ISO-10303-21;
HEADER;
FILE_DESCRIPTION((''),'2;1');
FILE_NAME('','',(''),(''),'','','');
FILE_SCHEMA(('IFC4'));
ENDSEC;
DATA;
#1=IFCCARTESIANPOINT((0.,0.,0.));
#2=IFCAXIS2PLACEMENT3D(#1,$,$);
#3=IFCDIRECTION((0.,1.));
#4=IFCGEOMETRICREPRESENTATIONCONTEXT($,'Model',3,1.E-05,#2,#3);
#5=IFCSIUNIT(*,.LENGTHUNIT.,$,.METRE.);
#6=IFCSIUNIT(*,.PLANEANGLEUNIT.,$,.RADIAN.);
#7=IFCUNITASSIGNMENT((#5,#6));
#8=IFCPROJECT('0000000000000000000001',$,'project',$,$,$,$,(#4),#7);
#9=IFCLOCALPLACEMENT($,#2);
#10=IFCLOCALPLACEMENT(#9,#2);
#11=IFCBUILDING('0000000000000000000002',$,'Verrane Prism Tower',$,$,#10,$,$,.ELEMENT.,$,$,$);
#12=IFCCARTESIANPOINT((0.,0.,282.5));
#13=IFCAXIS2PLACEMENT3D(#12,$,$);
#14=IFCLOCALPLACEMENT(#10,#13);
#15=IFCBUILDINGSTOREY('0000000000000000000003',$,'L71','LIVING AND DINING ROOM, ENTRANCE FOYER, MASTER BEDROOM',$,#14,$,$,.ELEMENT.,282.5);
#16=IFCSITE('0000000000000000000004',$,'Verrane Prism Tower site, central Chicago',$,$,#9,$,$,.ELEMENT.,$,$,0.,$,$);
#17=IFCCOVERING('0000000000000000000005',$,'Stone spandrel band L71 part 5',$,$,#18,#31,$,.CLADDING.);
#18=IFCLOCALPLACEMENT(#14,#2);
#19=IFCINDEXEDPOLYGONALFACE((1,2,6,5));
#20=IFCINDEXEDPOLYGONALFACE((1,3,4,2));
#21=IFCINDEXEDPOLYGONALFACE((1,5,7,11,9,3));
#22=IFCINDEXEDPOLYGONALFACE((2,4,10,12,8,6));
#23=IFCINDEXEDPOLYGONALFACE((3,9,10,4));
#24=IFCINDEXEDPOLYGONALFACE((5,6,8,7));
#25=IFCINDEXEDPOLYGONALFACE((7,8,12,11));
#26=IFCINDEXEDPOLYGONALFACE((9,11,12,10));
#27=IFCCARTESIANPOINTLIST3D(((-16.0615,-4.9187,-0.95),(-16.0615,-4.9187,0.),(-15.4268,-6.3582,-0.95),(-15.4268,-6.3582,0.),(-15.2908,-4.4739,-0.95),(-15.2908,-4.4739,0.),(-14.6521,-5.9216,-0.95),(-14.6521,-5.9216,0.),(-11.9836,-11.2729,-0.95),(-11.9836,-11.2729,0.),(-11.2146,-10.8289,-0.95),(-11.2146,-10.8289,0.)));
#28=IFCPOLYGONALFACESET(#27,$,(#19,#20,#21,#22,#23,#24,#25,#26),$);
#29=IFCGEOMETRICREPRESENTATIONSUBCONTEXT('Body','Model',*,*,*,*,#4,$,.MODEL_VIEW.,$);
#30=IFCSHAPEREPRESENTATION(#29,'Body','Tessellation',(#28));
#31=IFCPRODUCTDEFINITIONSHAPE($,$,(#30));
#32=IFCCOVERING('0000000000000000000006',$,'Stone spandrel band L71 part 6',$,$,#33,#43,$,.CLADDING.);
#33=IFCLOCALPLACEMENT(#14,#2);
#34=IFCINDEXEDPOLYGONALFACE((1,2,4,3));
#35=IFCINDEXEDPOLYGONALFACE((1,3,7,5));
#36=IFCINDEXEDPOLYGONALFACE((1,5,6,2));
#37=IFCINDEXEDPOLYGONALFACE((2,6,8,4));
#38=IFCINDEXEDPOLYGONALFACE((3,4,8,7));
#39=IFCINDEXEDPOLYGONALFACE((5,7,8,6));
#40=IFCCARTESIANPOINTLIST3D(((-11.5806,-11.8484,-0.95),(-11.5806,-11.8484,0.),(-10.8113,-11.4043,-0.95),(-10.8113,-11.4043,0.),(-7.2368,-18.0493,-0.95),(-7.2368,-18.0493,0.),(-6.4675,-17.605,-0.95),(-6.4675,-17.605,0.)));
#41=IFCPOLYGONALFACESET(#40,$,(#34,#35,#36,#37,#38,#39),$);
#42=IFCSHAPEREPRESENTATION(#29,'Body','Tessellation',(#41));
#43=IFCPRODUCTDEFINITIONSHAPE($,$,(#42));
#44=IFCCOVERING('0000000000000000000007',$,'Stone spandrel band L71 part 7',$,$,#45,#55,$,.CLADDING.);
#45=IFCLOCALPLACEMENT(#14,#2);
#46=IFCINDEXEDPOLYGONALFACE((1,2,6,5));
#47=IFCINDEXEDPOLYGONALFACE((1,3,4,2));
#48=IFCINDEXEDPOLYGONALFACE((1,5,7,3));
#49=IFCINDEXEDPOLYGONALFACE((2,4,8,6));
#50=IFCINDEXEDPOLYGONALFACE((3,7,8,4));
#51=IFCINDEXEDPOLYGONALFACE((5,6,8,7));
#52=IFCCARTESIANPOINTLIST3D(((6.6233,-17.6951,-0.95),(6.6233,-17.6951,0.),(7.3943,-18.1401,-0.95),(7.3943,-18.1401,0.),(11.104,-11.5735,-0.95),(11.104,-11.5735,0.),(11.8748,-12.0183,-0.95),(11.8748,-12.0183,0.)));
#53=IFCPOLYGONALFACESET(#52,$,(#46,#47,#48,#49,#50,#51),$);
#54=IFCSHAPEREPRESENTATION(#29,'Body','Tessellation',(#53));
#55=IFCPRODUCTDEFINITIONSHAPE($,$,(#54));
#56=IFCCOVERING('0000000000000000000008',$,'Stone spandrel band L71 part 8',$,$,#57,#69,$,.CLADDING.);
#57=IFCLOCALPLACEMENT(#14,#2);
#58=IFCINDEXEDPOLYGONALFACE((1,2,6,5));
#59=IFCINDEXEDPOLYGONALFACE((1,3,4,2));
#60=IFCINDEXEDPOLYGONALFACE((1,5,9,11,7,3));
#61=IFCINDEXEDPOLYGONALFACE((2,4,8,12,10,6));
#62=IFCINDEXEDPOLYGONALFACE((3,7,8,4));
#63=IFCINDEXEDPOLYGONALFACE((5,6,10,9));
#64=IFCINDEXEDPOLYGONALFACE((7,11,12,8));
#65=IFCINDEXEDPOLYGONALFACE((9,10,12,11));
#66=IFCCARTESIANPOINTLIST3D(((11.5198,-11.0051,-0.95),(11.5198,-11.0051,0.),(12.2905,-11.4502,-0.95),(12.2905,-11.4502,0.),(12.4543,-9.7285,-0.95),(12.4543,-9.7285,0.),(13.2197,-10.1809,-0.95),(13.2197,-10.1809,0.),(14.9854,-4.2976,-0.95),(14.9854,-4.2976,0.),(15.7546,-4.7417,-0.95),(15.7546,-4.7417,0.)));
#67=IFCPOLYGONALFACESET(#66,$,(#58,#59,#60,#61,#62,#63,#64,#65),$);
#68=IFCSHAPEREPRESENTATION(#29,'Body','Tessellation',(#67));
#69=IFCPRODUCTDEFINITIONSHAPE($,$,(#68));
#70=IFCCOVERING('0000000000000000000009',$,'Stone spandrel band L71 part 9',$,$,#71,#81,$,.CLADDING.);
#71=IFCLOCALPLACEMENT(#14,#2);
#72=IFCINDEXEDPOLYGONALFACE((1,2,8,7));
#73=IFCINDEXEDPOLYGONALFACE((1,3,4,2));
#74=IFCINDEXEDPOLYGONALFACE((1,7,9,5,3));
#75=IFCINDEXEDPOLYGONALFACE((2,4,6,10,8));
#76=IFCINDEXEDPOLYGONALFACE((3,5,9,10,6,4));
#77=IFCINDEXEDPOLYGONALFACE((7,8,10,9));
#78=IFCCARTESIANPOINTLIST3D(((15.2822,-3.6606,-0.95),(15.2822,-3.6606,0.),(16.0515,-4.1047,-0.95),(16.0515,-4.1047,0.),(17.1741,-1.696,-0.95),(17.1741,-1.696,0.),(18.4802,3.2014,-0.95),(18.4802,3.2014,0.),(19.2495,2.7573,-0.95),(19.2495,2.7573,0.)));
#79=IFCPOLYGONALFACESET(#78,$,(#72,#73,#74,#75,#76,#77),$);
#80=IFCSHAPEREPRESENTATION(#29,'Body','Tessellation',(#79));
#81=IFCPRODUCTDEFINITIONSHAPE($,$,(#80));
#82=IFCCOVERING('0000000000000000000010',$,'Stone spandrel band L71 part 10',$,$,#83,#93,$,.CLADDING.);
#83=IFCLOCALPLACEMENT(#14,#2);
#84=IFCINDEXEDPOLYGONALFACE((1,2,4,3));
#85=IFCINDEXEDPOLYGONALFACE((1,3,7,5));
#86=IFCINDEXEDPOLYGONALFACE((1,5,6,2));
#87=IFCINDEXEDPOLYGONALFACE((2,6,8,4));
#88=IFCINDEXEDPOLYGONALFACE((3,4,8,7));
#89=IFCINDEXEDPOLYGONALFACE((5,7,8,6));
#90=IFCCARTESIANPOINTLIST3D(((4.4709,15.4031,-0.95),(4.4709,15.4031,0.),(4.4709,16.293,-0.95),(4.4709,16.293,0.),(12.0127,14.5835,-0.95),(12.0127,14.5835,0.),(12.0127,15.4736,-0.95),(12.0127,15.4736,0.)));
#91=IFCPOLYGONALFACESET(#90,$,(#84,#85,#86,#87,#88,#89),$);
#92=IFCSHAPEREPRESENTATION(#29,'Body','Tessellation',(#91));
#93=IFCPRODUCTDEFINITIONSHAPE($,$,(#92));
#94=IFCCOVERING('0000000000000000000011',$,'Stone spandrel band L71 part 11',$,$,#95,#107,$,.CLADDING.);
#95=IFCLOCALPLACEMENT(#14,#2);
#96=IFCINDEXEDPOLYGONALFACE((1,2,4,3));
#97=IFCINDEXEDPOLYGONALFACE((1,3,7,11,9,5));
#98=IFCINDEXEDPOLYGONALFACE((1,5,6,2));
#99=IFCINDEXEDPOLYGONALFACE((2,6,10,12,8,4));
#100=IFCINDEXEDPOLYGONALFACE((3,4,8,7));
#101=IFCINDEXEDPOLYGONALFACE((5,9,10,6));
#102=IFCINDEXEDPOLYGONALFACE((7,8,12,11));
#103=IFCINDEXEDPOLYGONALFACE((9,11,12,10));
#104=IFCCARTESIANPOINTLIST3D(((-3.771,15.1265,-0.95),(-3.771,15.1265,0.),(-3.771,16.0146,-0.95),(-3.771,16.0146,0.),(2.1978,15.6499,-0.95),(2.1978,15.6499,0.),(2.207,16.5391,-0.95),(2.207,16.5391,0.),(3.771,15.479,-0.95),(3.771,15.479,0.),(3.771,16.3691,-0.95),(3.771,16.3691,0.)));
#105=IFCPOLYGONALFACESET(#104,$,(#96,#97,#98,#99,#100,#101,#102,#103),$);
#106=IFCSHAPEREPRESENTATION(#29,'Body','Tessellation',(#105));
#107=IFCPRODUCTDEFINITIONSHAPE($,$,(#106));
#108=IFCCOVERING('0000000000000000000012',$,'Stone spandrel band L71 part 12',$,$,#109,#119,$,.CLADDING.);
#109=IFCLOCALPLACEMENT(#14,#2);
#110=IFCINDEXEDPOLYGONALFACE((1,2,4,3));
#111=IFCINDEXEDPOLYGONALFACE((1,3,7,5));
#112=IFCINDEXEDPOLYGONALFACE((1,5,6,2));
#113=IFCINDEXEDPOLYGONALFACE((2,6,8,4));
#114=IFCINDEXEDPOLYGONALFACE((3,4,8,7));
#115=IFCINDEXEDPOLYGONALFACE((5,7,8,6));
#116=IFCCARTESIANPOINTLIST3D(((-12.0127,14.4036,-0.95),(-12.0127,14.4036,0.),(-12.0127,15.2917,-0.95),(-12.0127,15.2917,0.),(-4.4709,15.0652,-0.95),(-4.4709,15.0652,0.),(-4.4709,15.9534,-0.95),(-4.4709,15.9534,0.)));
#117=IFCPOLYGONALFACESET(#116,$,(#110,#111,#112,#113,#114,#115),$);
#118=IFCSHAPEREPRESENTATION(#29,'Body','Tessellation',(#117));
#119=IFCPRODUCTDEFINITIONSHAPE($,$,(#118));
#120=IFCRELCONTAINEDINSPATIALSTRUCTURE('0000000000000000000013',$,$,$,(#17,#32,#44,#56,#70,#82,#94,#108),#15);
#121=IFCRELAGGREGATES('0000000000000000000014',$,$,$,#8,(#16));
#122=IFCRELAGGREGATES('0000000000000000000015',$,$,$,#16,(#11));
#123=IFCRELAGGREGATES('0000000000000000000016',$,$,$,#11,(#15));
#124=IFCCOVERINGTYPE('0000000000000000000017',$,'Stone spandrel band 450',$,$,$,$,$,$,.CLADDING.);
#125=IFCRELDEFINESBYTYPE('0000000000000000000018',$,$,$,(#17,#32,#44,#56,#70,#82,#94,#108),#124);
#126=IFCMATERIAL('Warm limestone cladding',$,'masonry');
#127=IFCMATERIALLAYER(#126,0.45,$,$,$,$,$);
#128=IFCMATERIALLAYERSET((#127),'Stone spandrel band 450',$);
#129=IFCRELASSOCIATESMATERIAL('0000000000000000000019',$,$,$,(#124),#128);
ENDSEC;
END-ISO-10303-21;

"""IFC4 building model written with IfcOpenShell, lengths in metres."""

from ifc_helpers import new_model, si_unit, direction, frame, origin, place, context, subcontext, project, spatial, polyline, outline, extrude, material, layer, layer_set, type_object, element, save


model = new_model("IFC4")

# Units and contexts
model_context = context("Model", 3, precision=1e-05, world=origin(), true_north=direction((0.0, 1.0)))
body_context = subcontext(model_context, "Body", "Model", "MODEL_VIEW")
ifc_project = project(units=[si_unit("LENGTHUNIT", "METRE"), si_unit("PLANEANGLEUNIT", "RADIAN")], contexts=[model_context])

# Site, building, storey
site_placement = place(None, origin())
site = spatial("IfcSite", under=ifc_project, at=site_placement, Name="Verrane Prism Tower site, central Chicago", CompositionType="ELEMENT", RefElevation=0.0)
building_placement = place(site_placement, origin())
building = spatial("IfcBuilding", under=site, at=building_placement, Name="Verrane Prism Tower", CompositionType="ELEMENT")
storey_placement = place(building_placement, frame((0.0, 0.0, 282.5)))
storey = spatial("IfcBuildingStorey", under=building, at=storey_placement, Name="L71", Description="LIVING AND DINING ROOM, ENTRANCE FOYER, MASTER BEDROOM", CompositionType="ELEMENT", Elevation=282.5)

# Coverings
ifc_material_1 = material(Name="Warm limestone cladding", Category="masonry")
ifc_layer_1 = layer(ifc_material_1, 0.45)
ifc_layer_set_1 = layer_set([ifc_layer_1], Name="Stone spandrel band 450")
covering_type = type_object("IfcCoveringType", Name="Stone spandrel band 450", PredefinedType="CLADDING", material=ifc_layer_set_1)
covering_1_placement = place(storey_placement, frame((0.0, 0.0, -0.95)))
element("IfcCovering", 1, at=covering_1_placement, inside=storey, type_object=covering_type, Name="Stone spandrel band L71 part 5", PredefinedType="CLADDING", context=body_context, shape_type="SweptSolid", body=[
    extrude(outline(polyline([(-11.9836, -11.2729), (-11.2146, -10.8289), (-14.6521, -5.9216), (-15.2908, -4.4739), (-16.0615, -4.9187), (-15.4268, -6.3582), (-11.9836, -11.2729)])), origin(), (0.0, 0.0, 1.0), 0.95),
])
covering_2_placement = place(storey_placement, frame((0.0, 0.0, -0.95)))
element("IfcCovering", 2, at=covering_2_placement, inside=storey, type_object=covering_type, Name="Stone spandrel band L71 part 6", PredefinedType="CLADDING", context=body_context, shape_type="SweptSolid", body=[
    extrude(outline(polyline([(-7.2368, -18.0493), (-6.4675, -17.605), (-10.8113, -11.4043), (-11.5806, -11.8484), (-7.2368, -18.0493)])), origin(), (0.0, 0.0, 1.0), 0.95),
])
covering_3_placement = place(storey_placement, frame((0.0, 0.0, -0.95)))
element("IfcCovering", 3, at=covering_3_placement, inside=storey, type_object=covering_type, Name="Stone spandrel band L71 part 7", PredefinedType="CLADDING", context=body_context, shape_type="SweptSolid", body=[
    extrude(outline(polyline([(11.8748, -12.0183), (11.104, -11.5735), (6.6233, -17.6951), (7.3943, -18.1401), (11.8748, -12.0183)])), origin(), (0.0, 0.0, 1.0), 0.95),
])
covering_4_placement = place(storey_placement, frame((0.0, 0.0, -0.95)))
element("IfcCovering", 4, at=covering_4_placement, inside=storey, type_object=covering_type, Name="Stone spandrel band L71 part 8", PredefinedType="CLADDING", context=body_context, shape_type="SweptSolid", body=[
    extrude(outline(polyline([(14.9854, -4.2976), (12.4543, -9.7285), (11.5198, -11.0051), (12.2905, -11.4502), (13.2197, -10.1809), (15.7546, -4.7417), (14.9854, -4.2976)])), origin(), (0.0, 0.0, 1.0), 0.95),
])
covering_5_placement = place(storey_placement, frame((0.0, 0.0, -0.95)))
element("IfcCovering", 5, at=covering_5_placement, inside=storey, type_object=covering_type, Name="Stone spandrel band L71 part 9", PredefinedType="CLADDING", context=body_context, shape_type="SweptSolid", body=[
    extrude(outline(polyline([(18.4802, 3.2014), (15.2822, -3.6606), (16.0515, -4.1047), (17.1741, -1.696), (19.2495, 2.7573), (18.4802, 3.2014)])), origin(), (0.0, 0.0, 1.0), 0.95),
])
covering_6_placement = place(storey_placement, frame((0.0, 0.0, -0.95)))
element("IfcCovering", 6, at=covering_6_placement, inside=storey, type_object=covering_type, Name="Stone spandrel band L71 part 10", PredefinedType="CLADDING", context=body_context, shape_type="SweptSolid", body=[
    extrude(outline(polyline([(4.4709, 15.4031), (12.0127, 14.5835), (12.0127, 15.4736), (4.4709, 16.293), (4.4709, 15.4031)])), origin(), (0.0, 0.0, 1.0), 0.95),
])
covering_7_placement = place(storey_placement, frame((0.0, 0.0, -0.95)))
element("IfcCovering", 7, at=covering_7_placement, inside=storey, type_object=covering_type, Name="Stone spandrel band L71 part 11", PredefinedType="CLADDING", context=body_context, shape_type="SweptSolid", body=[
    extrude(outline(polyline([(-3.771, 15.1265), (2.1978, 15.6499), (3.771, 15.479), (3.771, 16.3691), (2.207, 16.5391), (-3.771, 16.0146), (-3.771, 15.1265)])), origin(), (0.0, 0.0, 1.0), 0.95),
])
covering_8_placement = place(storey_placement, frame((0.0, 0.0, -0.95)))
element("IfcCovering", 8, at=covering_8_placement, inside=storey, type_object=covering_type, Name="Stone spandrel band L71 part 12", PredefinedType="CLADDING", context=body_context, shape_type="SweptSolid", body=[
    extrude(outline(polyline([(-12.0127, 14.4036), (-4.4709, 15.0652), (-4.4709, 15.9534), (-12.0127, 15.2917), (-12.0127, 14.4036)])), origin(), (0.0, 0.0, 1.0), 0.95),
])

save(model, "model.ifc")
